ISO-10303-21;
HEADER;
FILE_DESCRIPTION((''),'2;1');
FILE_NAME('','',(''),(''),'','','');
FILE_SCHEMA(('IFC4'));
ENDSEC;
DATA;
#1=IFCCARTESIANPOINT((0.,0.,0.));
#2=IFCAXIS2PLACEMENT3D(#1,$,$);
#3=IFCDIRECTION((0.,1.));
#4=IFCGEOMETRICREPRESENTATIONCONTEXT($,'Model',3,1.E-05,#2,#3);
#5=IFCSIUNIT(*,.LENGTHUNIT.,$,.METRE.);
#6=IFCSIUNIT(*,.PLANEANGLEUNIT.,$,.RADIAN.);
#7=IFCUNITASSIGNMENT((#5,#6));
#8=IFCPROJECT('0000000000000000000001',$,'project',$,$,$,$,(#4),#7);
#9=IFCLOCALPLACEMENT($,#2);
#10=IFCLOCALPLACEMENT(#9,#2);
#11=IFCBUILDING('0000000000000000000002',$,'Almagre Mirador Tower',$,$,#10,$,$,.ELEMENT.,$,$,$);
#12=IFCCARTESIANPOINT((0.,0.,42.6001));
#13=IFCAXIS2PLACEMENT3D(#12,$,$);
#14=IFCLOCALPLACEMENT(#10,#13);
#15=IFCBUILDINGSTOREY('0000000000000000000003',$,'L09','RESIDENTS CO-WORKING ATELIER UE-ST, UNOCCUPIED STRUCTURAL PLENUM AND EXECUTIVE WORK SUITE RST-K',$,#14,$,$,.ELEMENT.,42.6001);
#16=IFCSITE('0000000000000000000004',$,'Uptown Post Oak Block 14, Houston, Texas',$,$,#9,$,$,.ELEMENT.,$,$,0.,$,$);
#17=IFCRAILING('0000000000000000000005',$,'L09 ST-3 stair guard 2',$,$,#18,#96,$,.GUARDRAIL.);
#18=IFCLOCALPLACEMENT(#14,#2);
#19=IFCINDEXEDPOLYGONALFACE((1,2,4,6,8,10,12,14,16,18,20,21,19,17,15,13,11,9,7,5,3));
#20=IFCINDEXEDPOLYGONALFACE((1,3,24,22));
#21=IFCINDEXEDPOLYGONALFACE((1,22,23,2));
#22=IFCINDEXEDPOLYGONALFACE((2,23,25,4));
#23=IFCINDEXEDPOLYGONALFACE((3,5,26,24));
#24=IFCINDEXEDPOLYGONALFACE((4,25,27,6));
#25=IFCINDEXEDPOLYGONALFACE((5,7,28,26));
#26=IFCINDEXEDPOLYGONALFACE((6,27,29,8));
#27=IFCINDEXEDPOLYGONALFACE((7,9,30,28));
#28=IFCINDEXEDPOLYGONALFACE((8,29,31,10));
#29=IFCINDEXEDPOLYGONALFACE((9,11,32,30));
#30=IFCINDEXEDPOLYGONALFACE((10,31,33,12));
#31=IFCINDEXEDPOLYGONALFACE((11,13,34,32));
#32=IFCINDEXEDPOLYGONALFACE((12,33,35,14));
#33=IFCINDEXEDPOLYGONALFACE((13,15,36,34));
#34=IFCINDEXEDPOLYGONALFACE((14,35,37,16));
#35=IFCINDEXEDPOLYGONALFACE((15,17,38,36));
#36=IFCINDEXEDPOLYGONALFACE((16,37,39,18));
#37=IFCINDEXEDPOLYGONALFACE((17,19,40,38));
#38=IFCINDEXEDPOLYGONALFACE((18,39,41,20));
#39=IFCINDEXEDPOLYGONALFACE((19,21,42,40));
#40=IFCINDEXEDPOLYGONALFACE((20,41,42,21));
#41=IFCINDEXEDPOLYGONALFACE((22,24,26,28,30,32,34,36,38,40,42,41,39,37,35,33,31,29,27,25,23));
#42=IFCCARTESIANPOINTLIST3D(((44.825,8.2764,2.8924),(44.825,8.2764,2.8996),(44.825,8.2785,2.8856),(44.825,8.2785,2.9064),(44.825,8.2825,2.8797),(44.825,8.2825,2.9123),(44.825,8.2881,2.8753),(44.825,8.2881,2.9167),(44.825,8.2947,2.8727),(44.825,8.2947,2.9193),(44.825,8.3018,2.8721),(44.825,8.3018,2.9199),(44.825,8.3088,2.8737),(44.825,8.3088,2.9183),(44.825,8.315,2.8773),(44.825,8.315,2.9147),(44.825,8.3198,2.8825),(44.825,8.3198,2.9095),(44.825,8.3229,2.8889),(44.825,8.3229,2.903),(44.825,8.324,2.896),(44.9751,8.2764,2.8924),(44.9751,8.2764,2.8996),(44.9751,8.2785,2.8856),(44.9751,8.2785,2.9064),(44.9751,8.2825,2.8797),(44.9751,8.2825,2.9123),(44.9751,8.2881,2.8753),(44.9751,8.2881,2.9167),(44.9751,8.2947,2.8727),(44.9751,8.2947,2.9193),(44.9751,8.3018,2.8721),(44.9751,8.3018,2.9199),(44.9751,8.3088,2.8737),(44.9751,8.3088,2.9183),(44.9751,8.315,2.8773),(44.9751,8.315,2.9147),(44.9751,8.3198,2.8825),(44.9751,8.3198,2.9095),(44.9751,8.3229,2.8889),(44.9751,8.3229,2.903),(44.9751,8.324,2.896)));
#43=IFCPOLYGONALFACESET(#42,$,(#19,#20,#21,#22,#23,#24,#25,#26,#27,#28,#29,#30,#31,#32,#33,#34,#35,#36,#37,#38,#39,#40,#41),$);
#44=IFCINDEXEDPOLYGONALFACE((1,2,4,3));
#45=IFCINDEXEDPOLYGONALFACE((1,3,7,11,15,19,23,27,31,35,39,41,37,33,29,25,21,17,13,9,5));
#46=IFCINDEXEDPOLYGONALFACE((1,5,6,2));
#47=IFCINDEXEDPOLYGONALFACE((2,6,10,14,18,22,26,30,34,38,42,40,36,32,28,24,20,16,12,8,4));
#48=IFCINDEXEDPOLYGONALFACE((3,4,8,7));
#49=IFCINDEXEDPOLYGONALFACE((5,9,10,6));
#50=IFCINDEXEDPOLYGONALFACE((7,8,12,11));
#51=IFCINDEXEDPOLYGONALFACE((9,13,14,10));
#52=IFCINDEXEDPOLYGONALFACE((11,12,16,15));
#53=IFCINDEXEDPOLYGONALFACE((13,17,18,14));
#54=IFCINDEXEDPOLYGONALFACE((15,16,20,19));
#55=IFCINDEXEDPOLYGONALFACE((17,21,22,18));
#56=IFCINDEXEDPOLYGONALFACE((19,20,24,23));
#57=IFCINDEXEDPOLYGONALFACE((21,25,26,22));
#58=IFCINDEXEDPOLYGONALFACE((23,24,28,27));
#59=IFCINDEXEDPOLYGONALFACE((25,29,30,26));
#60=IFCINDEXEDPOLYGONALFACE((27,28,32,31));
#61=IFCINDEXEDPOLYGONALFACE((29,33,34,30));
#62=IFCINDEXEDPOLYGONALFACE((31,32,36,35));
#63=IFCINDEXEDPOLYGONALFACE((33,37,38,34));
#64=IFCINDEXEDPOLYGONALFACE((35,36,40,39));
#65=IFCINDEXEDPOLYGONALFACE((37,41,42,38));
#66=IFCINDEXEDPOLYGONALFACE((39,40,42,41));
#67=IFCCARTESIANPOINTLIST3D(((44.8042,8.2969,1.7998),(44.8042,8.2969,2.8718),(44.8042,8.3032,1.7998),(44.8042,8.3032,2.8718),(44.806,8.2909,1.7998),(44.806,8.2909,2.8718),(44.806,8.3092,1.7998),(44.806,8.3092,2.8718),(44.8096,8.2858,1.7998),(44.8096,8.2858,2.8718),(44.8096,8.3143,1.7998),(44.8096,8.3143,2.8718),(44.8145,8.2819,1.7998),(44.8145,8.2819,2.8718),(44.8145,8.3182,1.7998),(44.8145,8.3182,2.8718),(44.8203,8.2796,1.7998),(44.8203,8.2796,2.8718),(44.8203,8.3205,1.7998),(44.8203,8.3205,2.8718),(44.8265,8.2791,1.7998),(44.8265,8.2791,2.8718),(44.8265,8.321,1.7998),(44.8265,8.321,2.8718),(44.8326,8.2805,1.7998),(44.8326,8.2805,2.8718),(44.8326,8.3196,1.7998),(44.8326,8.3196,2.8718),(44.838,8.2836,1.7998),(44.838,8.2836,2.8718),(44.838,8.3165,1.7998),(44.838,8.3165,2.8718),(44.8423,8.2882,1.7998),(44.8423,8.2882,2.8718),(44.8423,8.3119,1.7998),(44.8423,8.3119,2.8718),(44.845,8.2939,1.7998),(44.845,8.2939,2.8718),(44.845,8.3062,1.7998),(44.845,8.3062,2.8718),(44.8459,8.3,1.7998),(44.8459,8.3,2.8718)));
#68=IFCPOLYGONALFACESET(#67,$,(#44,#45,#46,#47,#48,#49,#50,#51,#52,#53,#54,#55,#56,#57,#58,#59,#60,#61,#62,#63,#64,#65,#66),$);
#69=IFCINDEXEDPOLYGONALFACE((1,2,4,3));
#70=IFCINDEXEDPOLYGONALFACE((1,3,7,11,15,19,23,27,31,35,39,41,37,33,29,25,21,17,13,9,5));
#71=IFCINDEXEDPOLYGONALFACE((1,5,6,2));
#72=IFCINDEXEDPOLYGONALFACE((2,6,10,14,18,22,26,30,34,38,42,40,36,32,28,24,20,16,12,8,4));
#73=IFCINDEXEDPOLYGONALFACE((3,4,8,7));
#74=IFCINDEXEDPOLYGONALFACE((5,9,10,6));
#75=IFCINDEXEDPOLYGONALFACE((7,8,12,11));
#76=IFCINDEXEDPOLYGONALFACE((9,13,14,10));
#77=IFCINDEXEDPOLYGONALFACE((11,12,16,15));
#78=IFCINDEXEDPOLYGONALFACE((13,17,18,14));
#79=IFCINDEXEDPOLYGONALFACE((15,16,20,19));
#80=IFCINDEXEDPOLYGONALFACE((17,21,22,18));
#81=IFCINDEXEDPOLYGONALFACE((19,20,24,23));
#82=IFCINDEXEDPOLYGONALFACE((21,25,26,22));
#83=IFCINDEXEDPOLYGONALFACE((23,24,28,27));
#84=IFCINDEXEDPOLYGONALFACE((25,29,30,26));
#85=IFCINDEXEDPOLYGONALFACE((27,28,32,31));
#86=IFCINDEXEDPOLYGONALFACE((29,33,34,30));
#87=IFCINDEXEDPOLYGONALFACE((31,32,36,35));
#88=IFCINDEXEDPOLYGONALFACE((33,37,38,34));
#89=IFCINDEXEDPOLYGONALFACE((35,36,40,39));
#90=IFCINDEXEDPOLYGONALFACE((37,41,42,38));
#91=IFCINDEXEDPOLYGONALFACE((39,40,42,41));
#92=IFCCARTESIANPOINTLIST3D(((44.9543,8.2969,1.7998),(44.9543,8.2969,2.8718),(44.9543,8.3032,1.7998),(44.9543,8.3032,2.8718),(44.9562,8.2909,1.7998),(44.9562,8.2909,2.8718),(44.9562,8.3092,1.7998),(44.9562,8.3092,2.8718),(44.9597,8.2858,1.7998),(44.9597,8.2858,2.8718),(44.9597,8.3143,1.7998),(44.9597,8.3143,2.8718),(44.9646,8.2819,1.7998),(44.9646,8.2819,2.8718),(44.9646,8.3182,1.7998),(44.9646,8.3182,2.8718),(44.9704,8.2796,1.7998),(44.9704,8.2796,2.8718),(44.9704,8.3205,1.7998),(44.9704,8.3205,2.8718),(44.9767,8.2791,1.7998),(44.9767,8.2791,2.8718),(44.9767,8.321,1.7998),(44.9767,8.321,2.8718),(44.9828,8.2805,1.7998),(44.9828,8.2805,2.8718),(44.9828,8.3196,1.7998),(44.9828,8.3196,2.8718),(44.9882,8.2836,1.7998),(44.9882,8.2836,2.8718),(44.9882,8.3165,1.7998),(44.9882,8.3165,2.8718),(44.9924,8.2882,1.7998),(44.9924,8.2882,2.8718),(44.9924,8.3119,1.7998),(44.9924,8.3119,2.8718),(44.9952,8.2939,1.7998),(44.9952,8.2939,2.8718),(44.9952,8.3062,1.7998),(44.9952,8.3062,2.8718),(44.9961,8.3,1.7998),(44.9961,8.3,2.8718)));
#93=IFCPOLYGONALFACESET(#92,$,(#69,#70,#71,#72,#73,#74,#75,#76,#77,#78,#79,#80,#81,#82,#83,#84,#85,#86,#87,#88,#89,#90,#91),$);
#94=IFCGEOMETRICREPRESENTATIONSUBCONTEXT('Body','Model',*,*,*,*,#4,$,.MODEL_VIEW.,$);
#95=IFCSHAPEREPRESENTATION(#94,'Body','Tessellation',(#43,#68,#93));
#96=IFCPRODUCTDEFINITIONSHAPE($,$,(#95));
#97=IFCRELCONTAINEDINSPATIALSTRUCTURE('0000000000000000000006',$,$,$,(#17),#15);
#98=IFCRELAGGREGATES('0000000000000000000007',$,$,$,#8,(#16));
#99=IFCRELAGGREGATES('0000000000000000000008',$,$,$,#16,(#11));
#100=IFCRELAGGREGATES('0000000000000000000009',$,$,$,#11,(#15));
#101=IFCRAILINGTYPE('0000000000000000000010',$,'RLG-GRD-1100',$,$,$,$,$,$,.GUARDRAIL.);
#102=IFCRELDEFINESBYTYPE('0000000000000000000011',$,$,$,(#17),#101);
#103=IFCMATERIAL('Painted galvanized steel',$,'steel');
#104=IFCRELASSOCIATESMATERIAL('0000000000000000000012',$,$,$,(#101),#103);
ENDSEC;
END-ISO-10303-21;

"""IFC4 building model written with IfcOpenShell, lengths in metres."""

from ifc_helpers import new_model, si_unit, direction, frame, origin, origin_2d, place, context, subcontext, project, spatial, circle, extrude, material, type_object, element, save


model = new_model("IFC4")

# Units and contexts
model_context = context("Model", 3, precision=1e-05, world=origin(), true_north=direction((0.0, 1.0)))
body_context = subcontext(model_context, "Body", "Model", "MODEL_VIEW")
ifc_project = project(units=[si_unit("LENGTHUNIT", "METRE"), si_unit("PLANEANGLEUNIT", "RADIAN")], contexts=[model_context])

# Site, building, storey
site_placement = place(None, origin())
site = spatial("IfcSite", under=ifc_project, at=site_placement, Name="Uptown Post Oak Block 14, Houston, Texas", CompositionType="ELEMENT", RefElevation=0.0)
building_placement = place(site_placement, origin())
building = spatial("IfcBuilding", under=site, at=building_placement, Name="Almagre Mirador Tower", CompositionType="ELEMENT")
storey_placement = place(building_placement, frame((0.0, 0.0, 42.6001)))
storey = spatial("IfcBuildingStorey", under=building, at=storey_placement, Name="L09", Description="RESIDENTS CO-WORKING ATELIER UE-ST, UNOCCUPIED STRUCTURAL PLENUM AND EXECUTIVE WORK SUITE RST-K", CompositionType="ELEMENT", Elevation=42.6001)

# Railing
ifc_material_1 = material(Name="Painted galvanized steel", Category="steel")
railing_type_1 = type_object("IfcRailingType", Name="RLG-GRD-1100", PredefinedType="GUARDRAIL", material=ifc_material_1)
railing_1_placement = place(storey_placement, frame((44.825, 8.3, 1.7998)))
element("IfcRailing", 1, at=railing_1_placement, inside=storey, type_object=railing_type_1, Name="L09 ST-3 stair guard 2", PredefinedType="GUARDRAIL", context=body_context, shape_type="SweptSolid", body=[
    extrude(circle(Radius=0.0239, at=origin_2d()), frame((0.0, 0.0, 1.0962), z_axis=(1.0, 0.0, 0.0), x_axis=(0.0, 1.0, 0.0)), (0.0, 0.0, 1.0), 0.1501),
    extrude(circle(Radius=0.021, at=origin_2d()), origin(), (0.0, 0.0, 1.0), 1.072),
    extrude(circle(Radius=0.021, at=origin_2d()), frame((0.1501, 0.0, 0.0)), (0.0, 0.0, 1.0), 1.072),
])

save(model, "model.ifc")
